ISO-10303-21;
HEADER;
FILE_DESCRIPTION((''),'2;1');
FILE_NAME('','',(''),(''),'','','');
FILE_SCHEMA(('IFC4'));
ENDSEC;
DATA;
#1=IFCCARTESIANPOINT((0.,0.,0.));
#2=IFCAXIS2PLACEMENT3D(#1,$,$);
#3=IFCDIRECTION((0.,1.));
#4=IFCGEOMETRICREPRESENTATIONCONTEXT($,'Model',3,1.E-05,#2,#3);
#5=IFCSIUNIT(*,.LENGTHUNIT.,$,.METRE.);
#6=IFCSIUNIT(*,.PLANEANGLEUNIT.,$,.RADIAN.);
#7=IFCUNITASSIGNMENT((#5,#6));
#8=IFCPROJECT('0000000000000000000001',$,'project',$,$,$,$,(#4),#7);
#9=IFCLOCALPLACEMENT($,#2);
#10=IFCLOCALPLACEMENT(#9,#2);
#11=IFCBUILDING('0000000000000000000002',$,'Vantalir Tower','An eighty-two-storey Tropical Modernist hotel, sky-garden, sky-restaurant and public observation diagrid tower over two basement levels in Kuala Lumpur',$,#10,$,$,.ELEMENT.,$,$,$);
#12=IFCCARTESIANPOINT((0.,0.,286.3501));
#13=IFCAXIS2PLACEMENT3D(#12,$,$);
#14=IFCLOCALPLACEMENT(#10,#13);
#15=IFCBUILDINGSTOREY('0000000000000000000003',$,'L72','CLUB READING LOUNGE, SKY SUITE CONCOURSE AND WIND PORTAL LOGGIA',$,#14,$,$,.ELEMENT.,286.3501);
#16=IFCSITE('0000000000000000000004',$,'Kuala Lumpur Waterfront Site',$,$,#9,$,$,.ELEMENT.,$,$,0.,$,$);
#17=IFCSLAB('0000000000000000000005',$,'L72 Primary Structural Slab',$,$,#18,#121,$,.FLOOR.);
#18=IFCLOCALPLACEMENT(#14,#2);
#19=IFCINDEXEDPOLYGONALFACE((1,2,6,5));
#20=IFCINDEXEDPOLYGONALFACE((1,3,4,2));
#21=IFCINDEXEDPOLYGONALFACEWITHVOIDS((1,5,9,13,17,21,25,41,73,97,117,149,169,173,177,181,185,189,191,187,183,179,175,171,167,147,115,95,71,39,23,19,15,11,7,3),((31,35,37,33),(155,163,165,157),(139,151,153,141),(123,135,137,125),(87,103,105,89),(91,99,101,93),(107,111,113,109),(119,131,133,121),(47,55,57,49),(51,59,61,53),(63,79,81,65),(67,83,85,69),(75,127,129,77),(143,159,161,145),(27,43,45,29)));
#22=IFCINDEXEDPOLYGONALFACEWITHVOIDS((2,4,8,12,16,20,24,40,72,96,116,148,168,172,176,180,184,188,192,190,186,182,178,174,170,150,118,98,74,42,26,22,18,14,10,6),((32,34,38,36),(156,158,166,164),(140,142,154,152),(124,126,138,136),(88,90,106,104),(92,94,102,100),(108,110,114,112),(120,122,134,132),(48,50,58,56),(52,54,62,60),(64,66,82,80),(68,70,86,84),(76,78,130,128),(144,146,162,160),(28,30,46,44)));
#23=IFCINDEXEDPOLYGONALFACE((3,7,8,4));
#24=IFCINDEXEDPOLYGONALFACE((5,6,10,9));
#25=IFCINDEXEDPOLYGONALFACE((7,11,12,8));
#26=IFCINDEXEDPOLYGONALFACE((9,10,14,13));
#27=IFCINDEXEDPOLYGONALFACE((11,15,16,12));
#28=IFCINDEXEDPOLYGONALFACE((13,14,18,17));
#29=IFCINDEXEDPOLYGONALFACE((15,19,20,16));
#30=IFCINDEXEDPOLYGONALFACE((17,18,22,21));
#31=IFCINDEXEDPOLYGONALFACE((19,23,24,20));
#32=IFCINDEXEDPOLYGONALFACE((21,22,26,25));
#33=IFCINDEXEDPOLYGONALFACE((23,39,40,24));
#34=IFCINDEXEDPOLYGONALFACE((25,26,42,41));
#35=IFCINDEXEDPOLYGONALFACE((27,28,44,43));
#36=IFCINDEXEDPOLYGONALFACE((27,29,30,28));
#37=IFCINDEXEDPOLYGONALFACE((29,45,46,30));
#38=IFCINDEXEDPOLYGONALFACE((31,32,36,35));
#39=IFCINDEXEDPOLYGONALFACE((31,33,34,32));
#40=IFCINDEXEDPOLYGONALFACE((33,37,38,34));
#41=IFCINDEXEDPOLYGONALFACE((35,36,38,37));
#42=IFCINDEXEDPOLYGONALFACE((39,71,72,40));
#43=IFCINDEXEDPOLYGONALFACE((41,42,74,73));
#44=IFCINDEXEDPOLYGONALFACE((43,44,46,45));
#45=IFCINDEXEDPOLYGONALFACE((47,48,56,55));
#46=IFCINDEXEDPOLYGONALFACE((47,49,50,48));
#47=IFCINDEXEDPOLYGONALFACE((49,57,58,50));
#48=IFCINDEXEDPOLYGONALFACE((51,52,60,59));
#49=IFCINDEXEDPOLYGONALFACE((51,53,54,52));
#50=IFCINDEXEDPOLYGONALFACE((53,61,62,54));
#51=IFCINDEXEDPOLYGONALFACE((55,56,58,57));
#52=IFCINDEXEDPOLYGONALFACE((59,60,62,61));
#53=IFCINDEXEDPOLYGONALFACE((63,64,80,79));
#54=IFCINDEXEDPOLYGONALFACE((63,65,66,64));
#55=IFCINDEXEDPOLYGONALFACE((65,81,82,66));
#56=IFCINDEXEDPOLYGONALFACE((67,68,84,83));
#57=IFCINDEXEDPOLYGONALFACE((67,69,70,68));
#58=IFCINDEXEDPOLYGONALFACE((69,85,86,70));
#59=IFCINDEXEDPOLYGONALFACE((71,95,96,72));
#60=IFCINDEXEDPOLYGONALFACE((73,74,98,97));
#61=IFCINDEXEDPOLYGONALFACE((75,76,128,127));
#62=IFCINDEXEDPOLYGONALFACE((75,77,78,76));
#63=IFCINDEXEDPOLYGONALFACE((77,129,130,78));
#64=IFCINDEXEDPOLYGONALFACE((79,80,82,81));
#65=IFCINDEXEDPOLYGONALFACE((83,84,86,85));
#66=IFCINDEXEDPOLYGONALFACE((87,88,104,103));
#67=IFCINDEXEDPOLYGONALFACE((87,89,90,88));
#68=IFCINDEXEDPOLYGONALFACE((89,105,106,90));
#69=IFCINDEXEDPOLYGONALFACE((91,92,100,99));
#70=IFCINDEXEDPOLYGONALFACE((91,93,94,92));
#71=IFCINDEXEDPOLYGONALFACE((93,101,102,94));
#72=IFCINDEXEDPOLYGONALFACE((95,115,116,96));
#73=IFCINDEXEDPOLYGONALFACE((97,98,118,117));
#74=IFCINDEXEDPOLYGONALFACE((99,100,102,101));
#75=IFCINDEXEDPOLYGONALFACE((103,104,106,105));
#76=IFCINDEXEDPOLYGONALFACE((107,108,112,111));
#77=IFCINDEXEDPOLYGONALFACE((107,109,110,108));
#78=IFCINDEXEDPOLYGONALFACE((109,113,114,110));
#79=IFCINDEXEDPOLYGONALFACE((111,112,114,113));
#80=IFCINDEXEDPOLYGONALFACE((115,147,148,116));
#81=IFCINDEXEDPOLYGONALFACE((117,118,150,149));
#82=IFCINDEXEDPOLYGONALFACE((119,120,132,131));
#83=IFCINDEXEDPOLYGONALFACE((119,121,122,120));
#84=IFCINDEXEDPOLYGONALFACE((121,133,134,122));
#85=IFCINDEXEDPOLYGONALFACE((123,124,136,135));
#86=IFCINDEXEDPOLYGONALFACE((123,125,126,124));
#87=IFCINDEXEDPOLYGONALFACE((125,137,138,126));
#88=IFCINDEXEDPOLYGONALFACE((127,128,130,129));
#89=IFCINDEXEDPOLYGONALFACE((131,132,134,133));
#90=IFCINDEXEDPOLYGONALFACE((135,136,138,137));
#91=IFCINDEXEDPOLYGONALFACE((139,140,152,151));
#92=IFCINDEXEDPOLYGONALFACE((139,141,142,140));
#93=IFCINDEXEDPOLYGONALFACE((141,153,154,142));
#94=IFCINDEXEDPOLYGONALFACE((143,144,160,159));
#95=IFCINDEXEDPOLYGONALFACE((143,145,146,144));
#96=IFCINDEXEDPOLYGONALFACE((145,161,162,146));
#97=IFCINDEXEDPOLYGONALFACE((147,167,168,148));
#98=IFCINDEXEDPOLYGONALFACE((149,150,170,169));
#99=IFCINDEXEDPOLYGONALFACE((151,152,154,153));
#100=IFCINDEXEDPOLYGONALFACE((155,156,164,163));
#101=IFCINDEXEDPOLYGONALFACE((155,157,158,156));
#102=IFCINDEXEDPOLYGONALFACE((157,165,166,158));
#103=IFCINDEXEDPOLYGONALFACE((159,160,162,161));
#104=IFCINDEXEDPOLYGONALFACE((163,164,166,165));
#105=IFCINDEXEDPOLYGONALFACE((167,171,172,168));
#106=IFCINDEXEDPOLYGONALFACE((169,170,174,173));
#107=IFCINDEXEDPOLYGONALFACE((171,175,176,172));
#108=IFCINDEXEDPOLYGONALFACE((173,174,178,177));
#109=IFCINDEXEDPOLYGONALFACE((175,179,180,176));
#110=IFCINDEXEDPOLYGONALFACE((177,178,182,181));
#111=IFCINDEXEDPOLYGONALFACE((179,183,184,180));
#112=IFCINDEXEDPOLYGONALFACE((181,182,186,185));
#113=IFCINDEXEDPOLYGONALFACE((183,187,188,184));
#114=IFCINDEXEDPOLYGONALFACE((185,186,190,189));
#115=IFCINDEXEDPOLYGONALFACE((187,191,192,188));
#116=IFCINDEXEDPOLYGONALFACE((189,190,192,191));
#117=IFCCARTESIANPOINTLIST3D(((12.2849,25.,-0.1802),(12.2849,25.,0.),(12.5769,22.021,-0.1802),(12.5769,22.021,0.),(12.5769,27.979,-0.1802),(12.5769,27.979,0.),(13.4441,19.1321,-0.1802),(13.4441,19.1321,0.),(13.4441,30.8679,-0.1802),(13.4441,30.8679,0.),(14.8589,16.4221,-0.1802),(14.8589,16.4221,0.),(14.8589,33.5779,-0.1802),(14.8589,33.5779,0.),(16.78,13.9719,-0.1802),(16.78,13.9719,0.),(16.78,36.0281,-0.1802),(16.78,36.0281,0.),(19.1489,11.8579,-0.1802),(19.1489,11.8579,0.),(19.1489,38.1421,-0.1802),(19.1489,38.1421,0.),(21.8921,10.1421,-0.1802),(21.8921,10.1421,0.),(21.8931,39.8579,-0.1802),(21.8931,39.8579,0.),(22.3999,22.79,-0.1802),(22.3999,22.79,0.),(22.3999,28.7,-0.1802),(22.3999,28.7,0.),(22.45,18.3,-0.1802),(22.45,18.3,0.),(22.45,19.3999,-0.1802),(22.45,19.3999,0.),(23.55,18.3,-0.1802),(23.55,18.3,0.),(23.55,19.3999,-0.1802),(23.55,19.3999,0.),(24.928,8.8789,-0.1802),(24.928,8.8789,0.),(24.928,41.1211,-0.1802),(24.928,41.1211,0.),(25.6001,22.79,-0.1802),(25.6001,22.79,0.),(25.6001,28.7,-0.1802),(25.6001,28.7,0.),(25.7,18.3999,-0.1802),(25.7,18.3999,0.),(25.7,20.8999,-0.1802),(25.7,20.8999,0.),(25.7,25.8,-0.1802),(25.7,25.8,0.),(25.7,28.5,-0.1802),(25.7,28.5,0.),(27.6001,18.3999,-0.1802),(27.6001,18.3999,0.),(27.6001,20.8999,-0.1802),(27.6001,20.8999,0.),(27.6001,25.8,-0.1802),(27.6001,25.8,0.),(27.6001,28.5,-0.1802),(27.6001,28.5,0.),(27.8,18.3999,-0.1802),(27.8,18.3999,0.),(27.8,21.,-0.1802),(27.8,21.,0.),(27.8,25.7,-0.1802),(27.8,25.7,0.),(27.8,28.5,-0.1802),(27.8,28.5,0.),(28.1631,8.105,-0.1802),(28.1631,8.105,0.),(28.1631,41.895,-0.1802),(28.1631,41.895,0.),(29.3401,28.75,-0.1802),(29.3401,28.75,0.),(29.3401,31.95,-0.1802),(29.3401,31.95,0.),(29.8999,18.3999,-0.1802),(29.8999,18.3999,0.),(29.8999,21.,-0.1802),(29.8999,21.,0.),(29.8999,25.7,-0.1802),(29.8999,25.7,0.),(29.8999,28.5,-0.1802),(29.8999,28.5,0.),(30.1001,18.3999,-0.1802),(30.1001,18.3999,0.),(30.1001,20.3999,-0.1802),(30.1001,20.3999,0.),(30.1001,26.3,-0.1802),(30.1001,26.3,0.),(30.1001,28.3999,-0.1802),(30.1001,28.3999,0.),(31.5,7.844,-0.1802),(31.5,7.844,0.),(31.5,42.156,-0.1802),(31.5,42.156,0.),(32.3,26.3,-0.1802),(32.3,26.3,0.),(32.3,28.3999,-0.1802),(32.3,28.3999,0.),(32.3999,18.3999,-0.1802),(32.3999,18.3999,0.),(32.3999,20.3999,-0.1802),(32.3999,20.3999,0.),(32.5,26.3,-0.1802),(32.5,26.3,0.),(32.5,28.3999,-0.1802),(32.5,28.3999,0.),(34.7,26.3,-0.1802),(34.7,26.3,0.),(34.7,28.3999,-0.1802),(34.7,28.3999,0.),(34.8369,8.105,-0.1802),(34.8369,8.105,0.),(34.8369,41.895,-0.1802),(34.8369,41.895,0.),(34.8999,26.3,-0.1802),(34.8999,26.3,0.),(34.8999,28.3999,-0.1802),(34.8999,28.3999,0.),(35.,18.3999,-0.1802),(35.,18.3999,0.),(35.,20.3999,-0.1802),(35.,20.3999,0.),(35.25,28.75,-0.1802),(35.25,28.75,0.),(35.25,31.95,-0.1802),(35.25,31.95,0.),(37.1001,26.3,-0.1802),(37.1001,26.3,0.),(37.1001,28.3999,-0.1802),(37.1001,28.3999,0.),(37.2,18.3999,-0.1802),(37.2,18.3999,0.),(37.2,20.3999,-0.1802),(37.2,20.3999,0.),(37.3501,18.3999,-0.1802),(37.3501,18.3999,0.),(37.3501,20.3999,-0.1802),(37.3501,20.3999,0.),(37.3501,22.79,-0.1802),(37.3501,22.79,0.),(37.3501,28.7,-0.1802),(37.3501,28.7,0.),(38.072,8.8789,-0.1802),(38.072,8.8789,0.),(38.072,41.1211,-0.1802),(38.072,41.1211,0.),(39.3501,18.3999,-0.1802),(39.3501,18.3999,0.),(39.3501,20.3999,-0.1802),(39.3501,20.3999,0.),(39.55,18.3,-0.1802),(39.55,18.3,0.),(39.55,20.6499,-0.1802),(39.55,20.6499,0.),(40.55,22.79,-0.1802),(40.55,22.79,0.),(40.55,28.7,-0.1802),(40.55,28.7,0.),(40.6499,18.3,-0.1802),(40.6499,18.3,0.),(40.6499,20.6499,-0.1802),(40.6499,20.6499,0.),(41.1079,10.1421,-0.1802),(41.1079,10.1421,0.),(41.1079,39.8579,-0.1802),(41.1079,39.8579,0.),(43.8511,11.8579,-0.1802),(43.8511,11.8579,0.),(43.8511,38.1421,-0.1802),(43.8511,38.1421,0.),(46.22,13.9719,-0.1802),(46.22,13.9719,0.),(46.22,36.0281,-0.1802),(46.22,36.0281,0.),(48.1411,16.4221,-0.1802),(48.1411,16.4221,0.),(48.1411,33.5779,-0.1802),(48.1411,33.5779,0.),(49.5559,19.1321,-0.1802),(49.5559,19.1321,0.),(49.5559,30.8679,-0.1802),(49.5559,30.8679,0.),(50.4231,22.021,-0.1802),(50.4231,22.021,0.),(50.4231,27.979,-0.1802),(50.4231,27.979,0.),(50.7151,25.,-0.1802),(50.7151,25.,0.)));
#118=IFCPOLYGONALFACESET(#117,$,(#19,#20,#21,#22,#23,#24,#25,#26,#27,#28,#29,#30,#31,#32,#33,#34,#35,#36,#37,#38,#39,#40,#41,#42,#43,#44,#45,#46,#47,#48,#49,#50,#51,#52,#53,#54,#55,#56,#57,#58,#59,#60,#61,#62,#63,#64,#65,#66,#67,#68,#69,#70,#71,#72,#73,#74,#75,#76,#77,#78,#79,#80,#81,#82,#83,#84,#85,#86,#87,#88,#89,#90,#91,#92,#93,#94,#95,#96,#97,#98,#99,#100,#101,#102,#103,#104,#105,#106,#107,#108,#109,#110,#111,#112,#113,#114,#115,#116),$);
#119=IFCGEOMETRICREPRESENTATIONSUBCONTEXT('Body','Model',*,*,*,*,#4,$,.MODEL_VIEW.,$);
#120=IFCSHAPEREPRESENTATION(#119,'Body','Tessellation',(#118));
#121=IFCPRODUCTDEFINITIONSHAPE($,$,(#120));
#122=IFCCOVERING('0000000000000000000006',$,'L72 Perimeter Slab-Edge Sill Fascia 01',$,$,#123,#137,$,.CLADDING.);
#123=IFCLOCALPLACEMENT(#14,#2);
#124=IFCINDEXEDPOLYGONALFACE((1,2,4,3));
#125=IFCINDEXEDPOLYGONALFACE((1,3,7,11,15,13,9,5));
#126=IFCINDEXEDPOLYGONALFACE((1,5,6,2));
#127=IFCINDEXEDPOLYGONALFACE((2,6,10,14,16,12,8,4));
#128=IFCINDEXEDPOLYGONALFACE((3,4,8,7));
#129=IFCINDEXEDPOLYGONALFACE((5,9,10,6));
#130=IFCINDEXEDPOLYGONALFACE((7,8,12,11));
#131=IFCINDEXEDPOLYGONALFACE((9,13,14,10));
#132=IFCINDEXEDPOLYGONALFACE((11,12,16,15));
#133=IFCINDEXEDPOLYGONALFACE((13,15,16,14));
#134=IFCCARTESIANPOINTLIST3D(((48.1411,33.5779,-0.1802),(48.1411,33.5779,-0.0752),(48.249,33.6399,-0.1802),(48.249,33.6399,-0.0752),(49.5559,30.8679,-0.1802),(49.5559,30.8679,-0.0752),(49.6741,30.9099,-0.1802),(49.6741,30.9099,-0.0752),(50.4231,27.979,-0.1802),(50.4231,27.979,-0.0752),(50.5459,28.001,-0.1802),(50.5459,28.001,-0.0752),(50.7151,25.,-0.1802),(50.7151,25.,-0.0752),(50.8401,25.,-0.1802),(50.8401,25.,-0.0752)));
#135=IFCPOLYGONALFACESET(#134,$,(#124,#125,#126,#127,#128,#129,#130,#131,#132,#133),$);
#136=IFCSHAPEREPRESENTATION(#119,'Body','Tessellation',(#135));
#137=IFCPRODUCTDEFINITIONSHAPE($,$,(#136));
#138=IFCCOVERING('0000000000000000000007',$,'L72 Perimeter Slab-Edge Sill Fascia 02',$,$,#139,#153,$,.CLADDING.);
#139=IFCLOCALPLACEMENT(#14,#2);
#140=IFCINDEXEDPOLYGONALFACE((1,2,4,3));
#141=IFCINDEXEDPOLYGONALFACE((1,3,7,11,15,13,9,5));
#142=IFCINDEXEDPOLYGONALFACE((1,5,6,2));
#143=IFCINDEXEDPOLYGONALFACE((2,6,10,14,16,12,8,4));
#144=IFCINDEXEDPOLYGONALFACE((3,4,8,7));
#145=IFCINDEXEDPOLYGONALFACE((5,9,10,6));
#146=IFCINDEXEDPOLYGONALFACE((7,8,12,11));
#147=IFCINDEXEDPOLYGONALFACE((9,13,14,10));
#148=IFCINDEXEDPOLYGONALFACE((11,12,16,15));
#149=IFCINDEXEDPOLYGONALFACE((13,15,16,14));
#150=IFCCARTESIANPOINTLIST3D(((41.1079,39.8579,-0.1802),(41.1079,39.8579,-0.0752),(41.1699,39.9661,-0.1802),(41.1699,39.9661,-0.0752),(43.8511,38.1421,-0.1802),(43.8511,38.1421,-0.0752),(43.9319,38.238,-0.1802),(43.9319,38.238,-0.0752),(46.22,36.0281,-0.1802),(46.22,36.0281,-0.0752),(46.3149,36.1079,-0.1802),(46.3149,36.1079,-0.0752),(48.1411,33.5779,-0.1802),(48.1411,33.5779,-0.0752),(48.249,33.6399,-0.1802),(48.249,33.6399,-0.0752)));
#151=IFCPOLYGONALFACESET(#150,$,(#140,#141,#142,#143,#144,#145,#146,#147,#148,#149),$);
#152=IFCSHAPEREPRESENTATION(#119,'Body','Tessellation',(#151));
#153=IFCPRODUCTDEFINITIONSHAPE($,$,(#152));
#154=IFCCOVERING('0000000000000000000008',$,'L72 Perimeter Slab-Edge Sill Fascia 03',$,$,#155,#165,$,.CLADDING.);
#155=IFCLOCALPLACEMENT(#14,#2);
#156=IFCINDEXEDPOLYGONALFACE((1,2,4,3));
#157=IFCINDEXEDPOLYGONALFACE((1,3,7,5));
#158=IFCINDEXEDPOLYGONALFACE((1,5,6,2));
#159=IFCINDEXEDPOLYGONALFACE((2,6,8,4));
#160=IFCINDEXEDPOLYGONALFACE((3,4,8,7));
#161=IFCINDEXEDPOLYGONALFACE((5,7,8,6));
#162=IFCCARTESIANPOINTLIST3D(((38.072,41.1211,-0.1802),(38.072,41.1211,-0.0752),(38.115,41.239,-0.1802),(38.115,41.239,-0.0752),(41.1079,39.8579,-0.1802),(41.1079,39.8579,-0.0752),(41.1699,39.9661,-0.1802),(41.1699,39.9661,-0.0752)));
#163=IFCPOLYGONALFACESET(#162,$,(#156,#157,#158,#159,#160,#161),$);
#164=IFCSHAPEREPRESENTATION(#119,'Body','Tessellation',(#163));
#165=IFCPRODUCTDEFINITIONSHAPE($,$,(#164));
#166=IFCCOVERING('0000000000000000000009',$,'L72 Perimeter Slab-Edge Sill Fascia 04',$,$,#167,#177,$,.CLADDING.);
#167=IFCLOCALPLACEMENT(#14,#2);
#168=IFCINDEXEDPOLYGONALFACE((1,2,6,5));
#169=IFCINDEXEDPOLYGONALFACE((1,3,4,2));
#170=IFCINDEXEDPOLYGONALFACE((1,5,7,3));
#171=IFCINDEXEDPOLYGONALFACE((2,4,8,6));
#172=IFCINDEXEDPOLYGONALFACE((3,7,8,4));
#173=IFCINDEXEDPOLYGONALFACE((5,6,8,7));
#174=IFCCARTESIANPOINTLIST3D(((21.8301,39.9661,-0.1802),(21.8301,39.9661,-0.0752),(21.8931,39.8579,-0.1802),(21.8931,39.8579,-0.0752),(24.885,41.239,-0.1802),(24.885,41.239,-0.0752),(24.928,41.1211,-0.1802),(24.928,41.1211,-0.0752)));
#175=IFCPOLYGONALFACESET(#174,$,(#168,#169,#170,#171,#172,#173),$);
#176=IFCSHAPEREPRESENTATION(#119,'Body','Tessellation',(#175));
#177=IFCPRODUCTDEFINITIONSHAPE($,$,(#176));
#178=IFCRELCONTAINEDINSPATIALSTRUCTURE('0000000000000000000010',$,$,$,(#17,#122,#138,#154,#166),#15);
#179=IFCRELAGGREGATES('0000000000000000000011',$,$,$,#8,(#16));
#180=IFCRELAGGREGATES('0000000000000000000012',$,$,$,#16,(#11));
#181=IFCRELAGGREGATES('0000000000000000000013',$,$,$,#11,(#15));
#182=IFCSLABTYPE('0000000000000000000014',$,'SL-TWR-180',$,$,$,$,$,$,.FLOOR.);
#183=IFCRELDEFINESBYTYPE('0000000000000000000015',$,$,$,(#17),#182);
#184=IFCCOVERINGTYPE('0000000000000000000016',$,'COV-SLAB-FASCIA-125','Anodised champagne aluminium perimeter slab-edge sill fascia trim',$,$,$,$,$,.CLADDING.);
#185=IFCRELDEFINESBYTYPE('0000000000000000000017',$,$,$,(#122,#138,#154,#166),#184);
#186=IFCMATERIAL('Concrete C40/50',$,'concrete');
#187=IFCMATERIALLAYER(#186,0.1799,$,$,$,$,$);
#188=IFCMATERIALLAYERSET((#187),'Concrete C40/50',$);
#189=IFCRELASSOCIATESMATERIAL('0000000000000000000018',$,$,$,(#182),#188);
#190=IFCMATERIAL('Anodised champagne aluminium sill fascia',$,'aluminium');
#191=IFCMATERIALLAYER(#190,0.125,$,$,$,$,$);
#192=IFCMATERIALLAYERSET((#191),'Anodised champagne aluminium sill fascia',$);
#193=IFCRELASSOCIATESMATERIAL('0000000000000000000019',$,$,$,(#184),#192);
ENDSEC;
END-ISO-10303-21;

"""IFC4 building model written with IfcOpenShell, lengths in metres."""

from ifc_helpers import new_model, si_unit, direction, frame, origin, place, context, subcontext, project, spatial, polyline, outline, extrude, material, layer, layer_set, type_object, element, save


model = new_model("IFC4")

# Units and contexts
model_context = context("Model", 3, precision=1e-05, world=origin(), true_north=direction((0.0, 1.0)))
body_context = subcontext(model_context, "Body", "Model", "MODEL_VIEW")
ifc_project = project(units=[si_unit("LENGTHUNIT", "METRE"), si_unit("PLANEANGLEUNIT", "RADIAN")], contexts=[model_context])

# Site, building, storey
site_placement = place(None, origin())
site = spatial("IfcSite", under=ifc_project, at=site_placement, Name="Kuala Lumpur Waterfront Site", CompositionType="ELEMENT", RefElevation=0.0)
building_placement = place(site_placement, origin())
building = spatial("IfcBuilding", under=site, at=building_placement, Name="Vantalir Tower", Description="An eighty-two-storey Tropical Modernist hotel, sky-garden, sky-restaurant and public observation diagrid tower over two basement levels in Kuala Lumpur", CompositionType="ELEMENT")
storey_placement = place(building_placement, frame((0.0, 0.0, 286.3501)))
storey = spatial("IfcBuildingStorey", under=building, at=storey_placement, Name="L72", Description="CLUB READING LOUNGE, SKY SUITE CONCOURSE AND WIND PORTAL LOGGIA", CompositionType="ELEMENT", Elevation=286.3501)

# Shared definitions
ifc_material_1 = material(Name="Concrete C40/50", Category="concrete")

# Slab
ifc_layer_1 = layer(ifc_material_1, 0.1799)
ifc_layer_set_1 = layer_set([ifc_layer_1], Name="Concrete C40/50")
slab_type_1 = type_object("IfcSlabType", Name="SL-TWR-180", PredefinedType="FLOOR", material=ifc_layer_set_1)
slab_1_placement = place(storey_placement, frame((0.0, 0.0, -0.1802)))
element("IfcSlab", 1, at=slab_1_placement, inside=storey, type_object=slab_type_1, Name="L72 Primary Structural Slab", PredefinedType="FLOOR", context=body_context, shape_type="SweptSolid", body=[
    extrude(outline(polyline([(16.78, 13.9719), (19.1489, 11.8579), (21.8921, 10.1421), (24.928, 8.8789), (28.1631, 8.105), (31.5, 7.844), (34.8369, 8.105), (38.072, 8.8789), (41.1079, 10.1421), (43.8511, 11.8579), (46.22, 13.9719), (48.1411, 16.4221), (49.5559, 19.1321), (50.4231, 22.021), (50.7151, 25.0), (50.4231, 27.979), (49.5559, 30.8679), (48.1411, 33.5779), (46.22, 36.0281), (43.8511, 38.1421), (41.1079, 39.8579), (38.072, 41.1211), (34.8369, 41.895), (31.5, 42.156), (28.1631, 41.895), (24.928, 41.1211), (21.8931, 39.8579), (19.1489, 38.1421), (16.78, 36.0281), (14.8589, 33.5779), (13.4441, 30.8679), (12.5769, 27.979), (12.2849, 25.0), (12.5769, 22.021), (13.4441, 19.1321), (14.8589, 16.4221), (16.78, 13.9719)]), holes=[polyline([(22.3999, 28.7), (25.6001, 28.7), (25.6001, 22.79), (22.3999, 22.79), (22.3999, 28.7)]), polyline([(40.55, 28.7), (40.55, 22.79), (37.3501, 22.79), (37.3501, 28.7), (40.55, 28.7)]), polyline([(29.3401, 28.75), (29.3401, 31.95), (35.25, 31.95), (35.25, 28.75), (29.3401, 28.75)]), polyline([(25.7, 18.3999), (25.7, 20.8999), (27.6001, 20.8999), (27.6001, 18.3999), (25.7, 18.3999)]), polyline([(25.7, 28.5), (27.6001, 28.5), (27.6001, 25.8), (25.7, 25.8), (25.7, 28.5)]), polyline([(29.8999, 21.0), (29.8999, 18.3999), (27.8, 18.3999), (27.8, 21.0), (29.8999, 21.0)]), polyline([(29.8999, 25.7), (27.8, 25.7), (27.8, 28.5), (29.8999, 28.5), (29.8999, 25.7)]), polyline([(30.1001, 18.3999), (30.1001, 20.3999), (32.3999, 20.3999), (32.3999, 18.3999), (30.1001, 18.3999)]), polyline([(37.3501, 20.3999), (39.3501, 20.3999), (39.3501, 18.3999), (37.3501, 18.3999), (37.3501, 20.3999)]), polyline([(37.2, 20.3999), (37.2, 18.3999), (35.0, 18.3999), (35.0, 20.3999), (37.2, 20.3999)]), polyline([(32.3, 26.3), (30.1001, 26.3), (30.1001, 28.3999), (32.3, 28.3999), (32.3, 26.3)]), polyline([(32.5, 26.3), (32.5, 28.3999), (34.7, 28.3999), (34.7, 26.3), (32.5, 26.3)]), polyline([(34.8999, 28.3999), (37.1001, 28.3999), (37.1001, 26.3), (34.8999, 26.3), (34.8999, 28.3999)]), polyline([(23.55, 19.3999), (23.55, 18.3), (22.45, 18.3), (22.45, 19.3999), (23.55, 19.3999)]), polyline([(40.6499, 18.3), (39.55, 18.3), (39.55, 20.6499), (40.6499, 20.6499), (40.6499, 18.3)])]), origin(), (0.0, 0.0, 1.0), 0.1802),
])

# Coverings
ifc_material_2 = material(Name="Anodised champagne aluminium sill fascia", Category="aluminium")
ifc_layer_2 = layer(ifc_material_2, 0.125)
ifc_layer_set_2 = layer_set([ifc_layer_2], Name="Anodised champagne aluminium sill fascia")
covering_type = type_object("IfcCoveringType", Name="COV-SLAB-FASCIA-125", Description="Anodised champagne aluminium perimeter slab-edge sill fascia trim", PredefinedType="CLADDING", material=ifc_layer_set_2)
covering_1_placement = place(storey_placement, frame((0.0, 0.0, -0.1802)))
element("IfcCovering", 2, at=covering_1_placement, inside=storey, type_object=covering_type, Name="L72 Perimeter Slab-Edge Sill Fascia 01", PredefinedType="CLADDING", context=body_context, shape_type="SweptSolid", body=[
    extrude(outline(polyline([(50.8401, 25.0), (50.5459, 28.001), (49.6741, 30.9099), (48.249, 33.6399), (48.1411, 33.5779), (49.5559, 30.8679), (50.4231, 27.979), (50.7151, 25.0), (50.8401, 25.0)])), origin(), (0.0, 0.0, 1.0), 0.105),
])
covering_2_placement = place(storey_placement, frame((0.0, 0.0, -0.1802)))
element("IfcCovering", 3, at=covering_2_placement, inside=storey, type_object=covering_type, Name="L72 Perimeter Slab-Edge Sill Fascia 02", PredefinedType="CLADDING", context=body_context, shape_type="SweptSolid", body=[
    extrude(outline(polyline([(48.249, 33.6399), (46.3149, 36.1079), (43.9319, 38.238), (41.1699, 39.9661), (41.1079, 39.8579), (43.8511, 38.1421), (46.22, 36.0281), (48.1411, 33.5779), (48.249, 33.6399)])), origin(), (0.0, 0.0, 1.0), 0.105),
])
covering_3_placement = place(storey_placement, frame((0.0, 0.0, -0.1802)))
element("IfcCovering", 4, at=covering_3_placement, inside=storey, type_object=covering_type, Name="L72 Perimeter Slab-Edge Sill Fascia 03", PredefinedType="CLADDING", context=body_context, shape_type="SweptSolid", body=[
    extrude(outline(polyline([(41.1699, 39.9661), (38.115, 41.239), (38.072, 41.1211), (41.1079, 39.8579), (41.1699, 39.9661)])), origin(), (0.0, 0.0, 1.0), 0.105),
])
covering_4_placement = place(storey_placement, frame((0.0, 0.0, -0.1802)))
element("IfcCovering", 5, at=covering_4_placement, inside=storey, type_object=covering_type, Name="L72 Perimeter Slab-Edge Sill Fascia 04", PredefinedType="CLADDING", context=body_context, shape_type="SweptSolid", body=[
    extrude(outline(polyline([(24.885, 41.239), (21.8301, 39.9661), (21.8931, 39.8579), (24.928, 41.1211), (24.885, 41.239)])), origin(), (0.0, 0.0, 1.0), 0.105),
])

save(model, "model.ifc")
